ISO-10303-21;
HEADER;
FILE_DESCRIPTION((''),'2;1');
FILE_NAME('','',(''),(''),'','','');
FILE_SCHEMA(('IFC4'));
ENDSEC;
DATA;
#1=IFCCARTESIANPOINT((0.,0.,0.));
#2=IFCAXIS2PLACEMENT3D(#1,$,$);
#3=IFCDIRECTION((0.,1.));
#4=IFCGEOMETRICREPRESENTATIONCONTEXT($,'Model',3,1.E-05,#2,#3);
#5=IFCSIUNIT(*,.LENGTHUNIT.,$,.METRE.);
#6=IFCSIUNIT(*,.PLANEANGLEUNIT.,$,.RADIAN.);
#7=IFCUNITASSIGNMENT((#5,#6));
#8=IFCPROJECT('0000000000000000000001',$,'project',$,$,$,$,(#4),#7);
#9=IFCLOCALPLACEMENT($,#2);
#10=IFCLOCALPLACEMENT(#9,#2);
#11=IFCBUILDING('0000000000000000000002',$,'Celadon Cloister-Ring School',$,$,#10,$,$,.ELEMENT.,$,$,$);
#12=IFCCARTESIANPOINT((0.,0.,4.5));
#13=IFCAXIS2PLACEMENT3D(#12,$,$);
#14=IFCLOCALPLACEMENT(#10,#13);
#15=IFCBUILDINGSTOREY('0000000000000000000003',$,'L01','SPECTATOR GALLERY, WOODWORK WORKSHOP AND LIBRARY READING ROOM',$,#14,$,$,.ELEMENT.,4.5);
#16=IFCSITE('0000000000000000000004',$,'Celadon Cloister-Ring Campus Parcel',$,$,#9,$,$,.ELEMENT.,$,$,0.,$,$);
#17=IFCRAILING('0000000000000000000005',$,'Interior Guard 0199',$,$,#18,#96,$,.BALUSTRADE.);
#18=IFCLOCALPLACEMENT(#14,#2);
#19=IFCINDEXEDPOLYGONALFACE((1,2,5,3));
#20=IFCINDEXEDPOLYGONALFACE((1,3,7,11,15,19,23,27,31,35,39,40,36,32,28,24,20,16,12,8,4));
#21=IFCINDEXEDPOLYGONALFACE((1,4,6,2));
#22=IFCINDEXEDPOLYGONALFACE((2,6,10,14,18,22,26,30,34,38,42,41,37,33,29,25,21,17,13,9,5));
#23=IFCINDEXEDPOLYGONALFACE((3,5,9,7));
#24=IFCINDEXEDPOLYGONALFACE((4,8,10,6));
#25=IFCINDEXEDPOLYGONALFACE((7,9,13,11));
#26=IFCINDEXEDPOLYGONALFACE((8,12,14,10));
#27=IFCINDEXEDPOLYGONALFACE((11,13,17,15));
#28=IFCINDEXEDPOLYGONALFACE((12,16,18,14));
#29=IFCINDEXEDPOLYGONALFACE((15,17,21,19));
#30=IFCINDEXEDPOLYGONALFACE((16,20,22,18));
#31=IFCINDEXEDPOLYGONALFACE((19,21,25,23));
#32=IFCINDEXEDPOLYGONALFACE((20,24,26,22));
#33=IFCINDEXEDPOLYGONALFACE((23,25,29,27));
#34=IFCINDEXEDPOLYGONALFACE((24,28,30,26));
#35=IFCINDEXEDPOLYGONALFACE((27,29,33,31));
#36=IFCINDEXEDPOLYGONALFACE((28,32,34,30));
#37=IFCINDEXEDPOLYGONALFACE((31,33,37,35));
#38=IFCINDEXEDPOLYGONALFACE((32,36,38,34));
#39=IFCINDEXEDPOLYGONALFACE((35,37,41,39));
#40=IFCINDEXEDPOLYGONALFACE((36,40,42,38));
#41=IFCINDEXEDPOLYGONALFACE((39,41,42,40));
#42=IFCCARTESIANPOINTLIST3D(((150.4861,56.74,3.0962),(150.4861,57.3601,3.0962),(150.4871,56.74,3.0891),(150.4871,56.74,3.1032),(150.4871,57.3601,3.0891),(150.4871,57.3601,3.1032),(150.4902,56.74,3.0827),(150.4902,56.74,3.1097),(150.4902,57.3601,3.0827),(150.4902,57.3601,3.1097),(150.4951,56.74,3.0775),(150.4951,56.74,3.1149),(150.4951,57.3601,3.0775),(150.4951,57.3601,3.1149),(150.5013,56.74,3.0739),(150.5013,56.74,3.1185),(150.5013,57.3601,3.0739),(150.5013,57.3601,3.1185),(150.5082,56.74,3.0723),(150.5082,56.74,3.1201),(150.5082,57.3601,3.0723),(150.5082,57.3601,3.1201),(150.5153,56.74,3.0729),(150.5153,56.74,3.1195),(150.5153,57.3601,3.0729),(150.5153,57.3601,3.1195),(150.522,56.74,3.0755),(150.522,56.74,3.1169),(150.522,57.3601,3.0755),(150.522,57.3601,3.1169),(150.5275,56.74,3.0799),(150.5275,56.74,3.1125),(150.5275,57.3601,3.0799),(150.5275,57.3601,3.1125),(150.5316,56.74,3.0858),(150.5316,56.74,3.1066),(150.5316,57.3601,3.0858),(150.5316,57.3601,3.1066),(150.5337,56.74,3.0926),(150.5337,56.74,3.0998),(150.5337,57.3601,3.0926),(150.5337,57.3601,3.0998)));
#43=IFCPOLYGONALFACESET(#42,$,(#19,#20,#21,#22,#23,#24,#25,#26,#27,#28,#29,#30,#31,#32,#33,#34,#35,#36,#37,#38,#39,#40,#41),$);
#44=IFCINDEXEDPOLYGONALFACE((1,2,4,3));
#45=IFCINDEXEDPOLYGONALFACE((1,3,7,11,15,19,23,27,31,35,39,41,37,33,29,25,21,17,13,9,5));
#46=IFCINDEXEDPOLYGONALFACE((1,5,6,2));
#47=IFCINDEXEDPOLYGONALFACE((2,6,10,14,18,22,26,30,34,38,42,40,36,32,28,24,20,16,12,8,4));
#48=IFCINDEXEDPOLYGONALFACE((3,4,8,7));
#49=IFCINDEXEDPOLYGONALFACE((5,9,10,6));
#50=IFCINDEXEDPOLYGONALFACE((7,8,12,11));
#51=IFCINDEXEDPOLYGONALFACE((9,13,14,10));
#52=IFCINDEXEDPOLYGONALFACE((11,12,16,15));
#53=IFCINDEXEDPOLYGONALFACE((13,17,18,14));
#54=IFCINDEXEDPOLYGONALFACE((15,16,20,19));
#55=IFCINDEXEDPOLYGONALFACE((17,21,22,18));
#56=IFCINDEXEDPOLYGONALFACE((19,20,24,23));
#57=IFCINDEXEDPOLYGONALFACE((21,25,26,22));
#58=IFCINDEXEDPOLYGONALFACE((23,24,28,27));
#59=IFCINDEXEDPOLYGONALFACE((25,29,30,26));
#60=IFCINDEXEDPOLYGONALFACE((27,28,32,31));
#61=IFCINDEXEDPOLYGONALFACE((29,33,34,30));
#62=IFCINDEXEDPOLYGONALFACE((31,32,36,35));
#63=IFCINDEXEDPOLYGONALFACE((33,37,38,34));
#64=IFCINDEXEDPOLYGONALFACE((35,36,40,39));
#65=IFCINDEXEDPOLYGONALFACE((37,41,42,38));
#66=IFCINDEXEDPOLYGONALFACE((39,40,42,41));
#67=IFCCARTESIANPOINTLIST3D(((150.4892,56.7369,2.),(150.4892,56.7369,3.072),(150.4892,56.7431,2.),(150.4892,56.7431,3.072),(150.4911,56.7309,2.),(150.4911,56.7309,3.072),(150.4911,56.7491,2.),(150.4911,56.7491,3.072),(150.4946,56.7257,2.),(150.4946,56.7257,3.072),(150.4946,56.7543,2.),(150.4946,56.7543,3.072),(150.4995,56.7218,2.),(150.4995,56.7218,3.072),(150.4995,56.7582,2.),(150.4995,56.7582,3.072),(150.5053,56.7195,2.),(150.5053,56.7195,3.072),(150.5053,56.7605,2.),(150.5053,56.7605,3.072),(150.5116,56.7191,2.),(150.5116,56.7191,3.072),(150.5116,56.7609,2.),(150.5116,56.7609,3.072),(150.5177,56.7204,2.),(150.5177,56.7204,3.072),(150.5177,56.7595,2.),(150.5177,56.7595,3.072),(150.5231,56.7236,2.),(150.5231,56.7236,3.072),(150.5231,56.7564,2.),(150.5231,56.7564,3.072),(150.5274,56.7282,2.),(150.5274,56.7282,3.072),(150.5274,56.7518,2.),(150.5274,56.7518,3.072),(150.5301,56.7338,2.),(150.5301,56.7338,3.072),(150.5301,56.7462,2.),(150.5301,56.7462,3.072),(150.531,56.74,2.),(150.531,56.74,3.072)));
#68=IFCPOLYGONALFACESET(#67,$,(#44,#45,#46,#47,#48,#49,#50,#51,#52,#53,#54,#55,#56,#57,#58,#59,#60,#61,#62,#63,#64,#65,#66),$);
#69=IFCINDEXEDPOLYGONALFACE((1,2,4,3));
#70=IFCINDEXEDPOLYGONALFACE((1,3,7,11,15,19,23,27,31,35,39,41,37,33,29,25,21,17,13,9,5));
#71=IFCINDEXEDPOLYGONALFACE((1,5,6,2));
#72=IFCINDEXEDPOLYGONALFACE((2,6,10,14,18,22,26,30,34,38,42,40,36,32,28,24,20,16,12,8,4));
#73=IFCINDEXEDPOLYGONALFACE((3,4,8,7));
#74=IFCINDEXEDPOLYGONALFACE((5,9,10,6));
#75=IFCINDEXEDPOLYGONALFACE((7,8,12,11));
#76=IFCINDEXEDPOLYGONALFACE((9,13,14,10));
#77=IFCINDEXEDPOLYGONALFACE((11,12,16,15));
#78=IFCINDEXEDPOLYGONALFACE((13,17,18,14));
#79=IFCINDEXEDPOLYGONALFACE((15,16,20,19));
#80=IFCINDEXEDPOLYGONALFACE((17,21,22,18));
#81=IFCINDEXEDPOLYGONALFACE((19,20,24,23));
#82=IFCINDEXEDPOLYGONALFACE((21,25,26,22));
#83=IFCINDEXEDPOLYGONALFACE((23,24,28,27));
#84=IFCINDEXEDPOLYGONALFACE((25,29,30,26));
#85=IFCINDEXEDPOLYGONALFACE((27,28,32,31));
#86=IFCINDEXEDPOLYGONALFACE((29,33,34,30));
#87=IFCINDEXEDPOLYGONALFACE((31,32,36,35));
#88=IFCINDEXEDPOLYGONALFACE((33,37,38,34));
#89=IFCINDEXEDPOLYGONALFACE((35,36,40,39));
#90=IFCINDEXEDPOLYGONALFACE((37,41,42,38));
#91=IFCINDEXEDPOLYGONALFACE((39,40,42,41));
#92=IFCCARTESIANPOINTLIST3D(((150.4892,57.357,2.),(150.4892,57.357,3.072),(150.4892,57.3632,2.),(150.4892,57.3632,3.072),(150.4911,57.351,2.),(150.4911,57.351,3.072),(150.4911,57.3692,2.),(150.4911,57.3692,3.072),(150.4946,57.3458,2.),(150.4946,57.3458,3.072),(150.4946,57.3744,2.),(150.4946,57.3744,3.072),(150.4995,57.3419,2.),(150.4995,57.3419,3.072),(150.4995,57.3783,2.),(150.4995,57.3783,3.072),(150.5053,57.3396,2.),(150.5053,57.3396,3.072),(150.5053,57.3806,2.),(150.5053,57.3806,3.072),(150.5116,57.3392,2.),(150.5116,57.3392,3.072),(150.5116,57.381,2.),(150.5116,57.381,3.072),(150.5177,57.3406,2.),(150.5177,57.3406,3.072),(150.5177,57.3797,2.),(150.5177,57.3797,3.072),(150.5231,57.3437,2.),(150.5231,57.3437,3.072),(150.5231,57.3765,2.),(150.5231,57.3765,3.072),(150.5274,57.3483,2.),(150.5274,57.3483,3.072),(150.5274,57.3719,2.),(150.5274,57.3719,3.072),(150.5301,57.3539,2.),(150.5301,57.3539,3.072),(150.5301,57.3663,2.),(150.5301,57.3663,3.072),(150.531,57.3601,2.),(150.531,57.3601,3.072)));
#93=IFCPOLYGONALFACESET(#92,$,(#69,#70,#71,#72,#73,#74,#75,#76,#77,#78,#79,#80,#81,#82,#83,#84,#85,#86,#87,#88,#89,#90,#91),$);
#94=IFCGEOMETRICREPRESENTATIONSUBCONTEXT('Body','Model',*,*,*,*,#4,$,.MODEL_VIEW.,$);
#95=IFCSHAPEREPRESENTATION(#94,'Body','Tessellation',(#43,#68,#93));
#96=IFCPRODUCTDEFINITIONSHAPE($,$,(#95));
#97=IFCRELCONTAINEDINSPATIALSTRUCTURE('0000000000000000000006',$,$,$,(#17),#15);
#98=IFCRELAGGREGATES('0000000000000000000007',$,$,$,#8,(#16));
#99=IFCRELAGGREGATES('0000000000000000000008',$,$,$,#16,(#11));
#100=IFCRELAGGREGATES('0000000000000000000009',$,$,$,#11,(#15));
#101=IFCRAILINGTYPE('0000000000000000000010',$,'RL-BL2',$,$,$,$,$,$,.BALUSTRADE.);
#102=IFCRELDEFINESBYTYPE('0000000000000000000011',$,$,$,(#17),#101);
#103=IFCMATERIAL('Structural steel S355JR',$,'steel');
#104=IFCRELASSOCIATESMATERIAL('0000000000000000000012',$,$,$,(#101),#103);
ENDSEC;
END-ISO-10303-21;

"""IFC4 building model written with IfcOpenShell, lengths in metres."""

from ifc_helpers import new_model, si_unit, direction, frame, origin, origin_2d, place, context, subcontext, project, spatial, circle, extrude, material, type_object, element, save


model = new_model("IFC4")

# Units and contexts
model_context = context("Model", 3, precision=1e-05, world=origin(), true_north=direction((0.0, 1.0)))
body_context = subcontext(model_context, "Body", "Model", "MODEL_VIEW")
ifc_project = project(units=[si_unit("LENGTHUNIT", "METRE"), si_unit("PLANEANGLEUNIT", "RADIAN")], contexts=[model_context])

# Site, building, storey
site_placement = place(None, origin())
site = spatial("IfcSite", under=ifc_project, at=site_placement, Name="Celadon Cloister-Ring Campus Parcel", CompositionType="ELEMENT", RefElevation=0.0)
building_placement = place(site_placement, origin())
building = spatial("IfcBuilding", under=site, at=building_placement, Name="Celadon Cloister-Ring School", CompositionType="ELEMENT")
storey_placement = place(building_placement, frame((0.0, 0.0, 4.5)))
storey = spatial("IfcBuildingStorey", under=building, at=storey_placement, Name="L01", Description="SPECTATOR GALLERY, WOODWORK WORKSHOP AND LIBRARY READING ROOM", CompositionType="ELEMENT", Elevation=4.5)

# Railing
ifc_material_1 = material(Name="Structural steel S355JR", Category="steel")
railing_type_1 = type_object("IfcRailingType", Name="RL-BL2", PredefinedType="BALUSTRADE", material=ifc_material_1)
railing_1_placement = place(storey_placement, frame((150.51, 56.74, 2.0)))
element("IfcRailing", 1, at=railing_1_placement, inside=storey, type_object=railing_type_1, Name="Interior Guard 0199", PredefinedType="BALUSTRADE", context=body_context, shape_type="SweptSolid", body=[
    extrude(circle(Radius=0.0239, at=origin_2d()), frame((0.0, 0.0, 1.0962), z_axis=(0.0, 1.0, 0.0), x_axis=(-1.0, 0.0, 0.0)), (0.0, 0.0, 1.0), 0.6201),
    extrude(circle(Radius=0.021, at=origin_2d()), origin(), (0.0, 0.0, 1.0), 1.072),
    extrude(circle(Radius=0.021, at=origin_2d()), frame((0.0, 0.6201, 0.0)), (0.0, 0.0, 1.0), 1.072),
])

save(model, "model.ifc")
